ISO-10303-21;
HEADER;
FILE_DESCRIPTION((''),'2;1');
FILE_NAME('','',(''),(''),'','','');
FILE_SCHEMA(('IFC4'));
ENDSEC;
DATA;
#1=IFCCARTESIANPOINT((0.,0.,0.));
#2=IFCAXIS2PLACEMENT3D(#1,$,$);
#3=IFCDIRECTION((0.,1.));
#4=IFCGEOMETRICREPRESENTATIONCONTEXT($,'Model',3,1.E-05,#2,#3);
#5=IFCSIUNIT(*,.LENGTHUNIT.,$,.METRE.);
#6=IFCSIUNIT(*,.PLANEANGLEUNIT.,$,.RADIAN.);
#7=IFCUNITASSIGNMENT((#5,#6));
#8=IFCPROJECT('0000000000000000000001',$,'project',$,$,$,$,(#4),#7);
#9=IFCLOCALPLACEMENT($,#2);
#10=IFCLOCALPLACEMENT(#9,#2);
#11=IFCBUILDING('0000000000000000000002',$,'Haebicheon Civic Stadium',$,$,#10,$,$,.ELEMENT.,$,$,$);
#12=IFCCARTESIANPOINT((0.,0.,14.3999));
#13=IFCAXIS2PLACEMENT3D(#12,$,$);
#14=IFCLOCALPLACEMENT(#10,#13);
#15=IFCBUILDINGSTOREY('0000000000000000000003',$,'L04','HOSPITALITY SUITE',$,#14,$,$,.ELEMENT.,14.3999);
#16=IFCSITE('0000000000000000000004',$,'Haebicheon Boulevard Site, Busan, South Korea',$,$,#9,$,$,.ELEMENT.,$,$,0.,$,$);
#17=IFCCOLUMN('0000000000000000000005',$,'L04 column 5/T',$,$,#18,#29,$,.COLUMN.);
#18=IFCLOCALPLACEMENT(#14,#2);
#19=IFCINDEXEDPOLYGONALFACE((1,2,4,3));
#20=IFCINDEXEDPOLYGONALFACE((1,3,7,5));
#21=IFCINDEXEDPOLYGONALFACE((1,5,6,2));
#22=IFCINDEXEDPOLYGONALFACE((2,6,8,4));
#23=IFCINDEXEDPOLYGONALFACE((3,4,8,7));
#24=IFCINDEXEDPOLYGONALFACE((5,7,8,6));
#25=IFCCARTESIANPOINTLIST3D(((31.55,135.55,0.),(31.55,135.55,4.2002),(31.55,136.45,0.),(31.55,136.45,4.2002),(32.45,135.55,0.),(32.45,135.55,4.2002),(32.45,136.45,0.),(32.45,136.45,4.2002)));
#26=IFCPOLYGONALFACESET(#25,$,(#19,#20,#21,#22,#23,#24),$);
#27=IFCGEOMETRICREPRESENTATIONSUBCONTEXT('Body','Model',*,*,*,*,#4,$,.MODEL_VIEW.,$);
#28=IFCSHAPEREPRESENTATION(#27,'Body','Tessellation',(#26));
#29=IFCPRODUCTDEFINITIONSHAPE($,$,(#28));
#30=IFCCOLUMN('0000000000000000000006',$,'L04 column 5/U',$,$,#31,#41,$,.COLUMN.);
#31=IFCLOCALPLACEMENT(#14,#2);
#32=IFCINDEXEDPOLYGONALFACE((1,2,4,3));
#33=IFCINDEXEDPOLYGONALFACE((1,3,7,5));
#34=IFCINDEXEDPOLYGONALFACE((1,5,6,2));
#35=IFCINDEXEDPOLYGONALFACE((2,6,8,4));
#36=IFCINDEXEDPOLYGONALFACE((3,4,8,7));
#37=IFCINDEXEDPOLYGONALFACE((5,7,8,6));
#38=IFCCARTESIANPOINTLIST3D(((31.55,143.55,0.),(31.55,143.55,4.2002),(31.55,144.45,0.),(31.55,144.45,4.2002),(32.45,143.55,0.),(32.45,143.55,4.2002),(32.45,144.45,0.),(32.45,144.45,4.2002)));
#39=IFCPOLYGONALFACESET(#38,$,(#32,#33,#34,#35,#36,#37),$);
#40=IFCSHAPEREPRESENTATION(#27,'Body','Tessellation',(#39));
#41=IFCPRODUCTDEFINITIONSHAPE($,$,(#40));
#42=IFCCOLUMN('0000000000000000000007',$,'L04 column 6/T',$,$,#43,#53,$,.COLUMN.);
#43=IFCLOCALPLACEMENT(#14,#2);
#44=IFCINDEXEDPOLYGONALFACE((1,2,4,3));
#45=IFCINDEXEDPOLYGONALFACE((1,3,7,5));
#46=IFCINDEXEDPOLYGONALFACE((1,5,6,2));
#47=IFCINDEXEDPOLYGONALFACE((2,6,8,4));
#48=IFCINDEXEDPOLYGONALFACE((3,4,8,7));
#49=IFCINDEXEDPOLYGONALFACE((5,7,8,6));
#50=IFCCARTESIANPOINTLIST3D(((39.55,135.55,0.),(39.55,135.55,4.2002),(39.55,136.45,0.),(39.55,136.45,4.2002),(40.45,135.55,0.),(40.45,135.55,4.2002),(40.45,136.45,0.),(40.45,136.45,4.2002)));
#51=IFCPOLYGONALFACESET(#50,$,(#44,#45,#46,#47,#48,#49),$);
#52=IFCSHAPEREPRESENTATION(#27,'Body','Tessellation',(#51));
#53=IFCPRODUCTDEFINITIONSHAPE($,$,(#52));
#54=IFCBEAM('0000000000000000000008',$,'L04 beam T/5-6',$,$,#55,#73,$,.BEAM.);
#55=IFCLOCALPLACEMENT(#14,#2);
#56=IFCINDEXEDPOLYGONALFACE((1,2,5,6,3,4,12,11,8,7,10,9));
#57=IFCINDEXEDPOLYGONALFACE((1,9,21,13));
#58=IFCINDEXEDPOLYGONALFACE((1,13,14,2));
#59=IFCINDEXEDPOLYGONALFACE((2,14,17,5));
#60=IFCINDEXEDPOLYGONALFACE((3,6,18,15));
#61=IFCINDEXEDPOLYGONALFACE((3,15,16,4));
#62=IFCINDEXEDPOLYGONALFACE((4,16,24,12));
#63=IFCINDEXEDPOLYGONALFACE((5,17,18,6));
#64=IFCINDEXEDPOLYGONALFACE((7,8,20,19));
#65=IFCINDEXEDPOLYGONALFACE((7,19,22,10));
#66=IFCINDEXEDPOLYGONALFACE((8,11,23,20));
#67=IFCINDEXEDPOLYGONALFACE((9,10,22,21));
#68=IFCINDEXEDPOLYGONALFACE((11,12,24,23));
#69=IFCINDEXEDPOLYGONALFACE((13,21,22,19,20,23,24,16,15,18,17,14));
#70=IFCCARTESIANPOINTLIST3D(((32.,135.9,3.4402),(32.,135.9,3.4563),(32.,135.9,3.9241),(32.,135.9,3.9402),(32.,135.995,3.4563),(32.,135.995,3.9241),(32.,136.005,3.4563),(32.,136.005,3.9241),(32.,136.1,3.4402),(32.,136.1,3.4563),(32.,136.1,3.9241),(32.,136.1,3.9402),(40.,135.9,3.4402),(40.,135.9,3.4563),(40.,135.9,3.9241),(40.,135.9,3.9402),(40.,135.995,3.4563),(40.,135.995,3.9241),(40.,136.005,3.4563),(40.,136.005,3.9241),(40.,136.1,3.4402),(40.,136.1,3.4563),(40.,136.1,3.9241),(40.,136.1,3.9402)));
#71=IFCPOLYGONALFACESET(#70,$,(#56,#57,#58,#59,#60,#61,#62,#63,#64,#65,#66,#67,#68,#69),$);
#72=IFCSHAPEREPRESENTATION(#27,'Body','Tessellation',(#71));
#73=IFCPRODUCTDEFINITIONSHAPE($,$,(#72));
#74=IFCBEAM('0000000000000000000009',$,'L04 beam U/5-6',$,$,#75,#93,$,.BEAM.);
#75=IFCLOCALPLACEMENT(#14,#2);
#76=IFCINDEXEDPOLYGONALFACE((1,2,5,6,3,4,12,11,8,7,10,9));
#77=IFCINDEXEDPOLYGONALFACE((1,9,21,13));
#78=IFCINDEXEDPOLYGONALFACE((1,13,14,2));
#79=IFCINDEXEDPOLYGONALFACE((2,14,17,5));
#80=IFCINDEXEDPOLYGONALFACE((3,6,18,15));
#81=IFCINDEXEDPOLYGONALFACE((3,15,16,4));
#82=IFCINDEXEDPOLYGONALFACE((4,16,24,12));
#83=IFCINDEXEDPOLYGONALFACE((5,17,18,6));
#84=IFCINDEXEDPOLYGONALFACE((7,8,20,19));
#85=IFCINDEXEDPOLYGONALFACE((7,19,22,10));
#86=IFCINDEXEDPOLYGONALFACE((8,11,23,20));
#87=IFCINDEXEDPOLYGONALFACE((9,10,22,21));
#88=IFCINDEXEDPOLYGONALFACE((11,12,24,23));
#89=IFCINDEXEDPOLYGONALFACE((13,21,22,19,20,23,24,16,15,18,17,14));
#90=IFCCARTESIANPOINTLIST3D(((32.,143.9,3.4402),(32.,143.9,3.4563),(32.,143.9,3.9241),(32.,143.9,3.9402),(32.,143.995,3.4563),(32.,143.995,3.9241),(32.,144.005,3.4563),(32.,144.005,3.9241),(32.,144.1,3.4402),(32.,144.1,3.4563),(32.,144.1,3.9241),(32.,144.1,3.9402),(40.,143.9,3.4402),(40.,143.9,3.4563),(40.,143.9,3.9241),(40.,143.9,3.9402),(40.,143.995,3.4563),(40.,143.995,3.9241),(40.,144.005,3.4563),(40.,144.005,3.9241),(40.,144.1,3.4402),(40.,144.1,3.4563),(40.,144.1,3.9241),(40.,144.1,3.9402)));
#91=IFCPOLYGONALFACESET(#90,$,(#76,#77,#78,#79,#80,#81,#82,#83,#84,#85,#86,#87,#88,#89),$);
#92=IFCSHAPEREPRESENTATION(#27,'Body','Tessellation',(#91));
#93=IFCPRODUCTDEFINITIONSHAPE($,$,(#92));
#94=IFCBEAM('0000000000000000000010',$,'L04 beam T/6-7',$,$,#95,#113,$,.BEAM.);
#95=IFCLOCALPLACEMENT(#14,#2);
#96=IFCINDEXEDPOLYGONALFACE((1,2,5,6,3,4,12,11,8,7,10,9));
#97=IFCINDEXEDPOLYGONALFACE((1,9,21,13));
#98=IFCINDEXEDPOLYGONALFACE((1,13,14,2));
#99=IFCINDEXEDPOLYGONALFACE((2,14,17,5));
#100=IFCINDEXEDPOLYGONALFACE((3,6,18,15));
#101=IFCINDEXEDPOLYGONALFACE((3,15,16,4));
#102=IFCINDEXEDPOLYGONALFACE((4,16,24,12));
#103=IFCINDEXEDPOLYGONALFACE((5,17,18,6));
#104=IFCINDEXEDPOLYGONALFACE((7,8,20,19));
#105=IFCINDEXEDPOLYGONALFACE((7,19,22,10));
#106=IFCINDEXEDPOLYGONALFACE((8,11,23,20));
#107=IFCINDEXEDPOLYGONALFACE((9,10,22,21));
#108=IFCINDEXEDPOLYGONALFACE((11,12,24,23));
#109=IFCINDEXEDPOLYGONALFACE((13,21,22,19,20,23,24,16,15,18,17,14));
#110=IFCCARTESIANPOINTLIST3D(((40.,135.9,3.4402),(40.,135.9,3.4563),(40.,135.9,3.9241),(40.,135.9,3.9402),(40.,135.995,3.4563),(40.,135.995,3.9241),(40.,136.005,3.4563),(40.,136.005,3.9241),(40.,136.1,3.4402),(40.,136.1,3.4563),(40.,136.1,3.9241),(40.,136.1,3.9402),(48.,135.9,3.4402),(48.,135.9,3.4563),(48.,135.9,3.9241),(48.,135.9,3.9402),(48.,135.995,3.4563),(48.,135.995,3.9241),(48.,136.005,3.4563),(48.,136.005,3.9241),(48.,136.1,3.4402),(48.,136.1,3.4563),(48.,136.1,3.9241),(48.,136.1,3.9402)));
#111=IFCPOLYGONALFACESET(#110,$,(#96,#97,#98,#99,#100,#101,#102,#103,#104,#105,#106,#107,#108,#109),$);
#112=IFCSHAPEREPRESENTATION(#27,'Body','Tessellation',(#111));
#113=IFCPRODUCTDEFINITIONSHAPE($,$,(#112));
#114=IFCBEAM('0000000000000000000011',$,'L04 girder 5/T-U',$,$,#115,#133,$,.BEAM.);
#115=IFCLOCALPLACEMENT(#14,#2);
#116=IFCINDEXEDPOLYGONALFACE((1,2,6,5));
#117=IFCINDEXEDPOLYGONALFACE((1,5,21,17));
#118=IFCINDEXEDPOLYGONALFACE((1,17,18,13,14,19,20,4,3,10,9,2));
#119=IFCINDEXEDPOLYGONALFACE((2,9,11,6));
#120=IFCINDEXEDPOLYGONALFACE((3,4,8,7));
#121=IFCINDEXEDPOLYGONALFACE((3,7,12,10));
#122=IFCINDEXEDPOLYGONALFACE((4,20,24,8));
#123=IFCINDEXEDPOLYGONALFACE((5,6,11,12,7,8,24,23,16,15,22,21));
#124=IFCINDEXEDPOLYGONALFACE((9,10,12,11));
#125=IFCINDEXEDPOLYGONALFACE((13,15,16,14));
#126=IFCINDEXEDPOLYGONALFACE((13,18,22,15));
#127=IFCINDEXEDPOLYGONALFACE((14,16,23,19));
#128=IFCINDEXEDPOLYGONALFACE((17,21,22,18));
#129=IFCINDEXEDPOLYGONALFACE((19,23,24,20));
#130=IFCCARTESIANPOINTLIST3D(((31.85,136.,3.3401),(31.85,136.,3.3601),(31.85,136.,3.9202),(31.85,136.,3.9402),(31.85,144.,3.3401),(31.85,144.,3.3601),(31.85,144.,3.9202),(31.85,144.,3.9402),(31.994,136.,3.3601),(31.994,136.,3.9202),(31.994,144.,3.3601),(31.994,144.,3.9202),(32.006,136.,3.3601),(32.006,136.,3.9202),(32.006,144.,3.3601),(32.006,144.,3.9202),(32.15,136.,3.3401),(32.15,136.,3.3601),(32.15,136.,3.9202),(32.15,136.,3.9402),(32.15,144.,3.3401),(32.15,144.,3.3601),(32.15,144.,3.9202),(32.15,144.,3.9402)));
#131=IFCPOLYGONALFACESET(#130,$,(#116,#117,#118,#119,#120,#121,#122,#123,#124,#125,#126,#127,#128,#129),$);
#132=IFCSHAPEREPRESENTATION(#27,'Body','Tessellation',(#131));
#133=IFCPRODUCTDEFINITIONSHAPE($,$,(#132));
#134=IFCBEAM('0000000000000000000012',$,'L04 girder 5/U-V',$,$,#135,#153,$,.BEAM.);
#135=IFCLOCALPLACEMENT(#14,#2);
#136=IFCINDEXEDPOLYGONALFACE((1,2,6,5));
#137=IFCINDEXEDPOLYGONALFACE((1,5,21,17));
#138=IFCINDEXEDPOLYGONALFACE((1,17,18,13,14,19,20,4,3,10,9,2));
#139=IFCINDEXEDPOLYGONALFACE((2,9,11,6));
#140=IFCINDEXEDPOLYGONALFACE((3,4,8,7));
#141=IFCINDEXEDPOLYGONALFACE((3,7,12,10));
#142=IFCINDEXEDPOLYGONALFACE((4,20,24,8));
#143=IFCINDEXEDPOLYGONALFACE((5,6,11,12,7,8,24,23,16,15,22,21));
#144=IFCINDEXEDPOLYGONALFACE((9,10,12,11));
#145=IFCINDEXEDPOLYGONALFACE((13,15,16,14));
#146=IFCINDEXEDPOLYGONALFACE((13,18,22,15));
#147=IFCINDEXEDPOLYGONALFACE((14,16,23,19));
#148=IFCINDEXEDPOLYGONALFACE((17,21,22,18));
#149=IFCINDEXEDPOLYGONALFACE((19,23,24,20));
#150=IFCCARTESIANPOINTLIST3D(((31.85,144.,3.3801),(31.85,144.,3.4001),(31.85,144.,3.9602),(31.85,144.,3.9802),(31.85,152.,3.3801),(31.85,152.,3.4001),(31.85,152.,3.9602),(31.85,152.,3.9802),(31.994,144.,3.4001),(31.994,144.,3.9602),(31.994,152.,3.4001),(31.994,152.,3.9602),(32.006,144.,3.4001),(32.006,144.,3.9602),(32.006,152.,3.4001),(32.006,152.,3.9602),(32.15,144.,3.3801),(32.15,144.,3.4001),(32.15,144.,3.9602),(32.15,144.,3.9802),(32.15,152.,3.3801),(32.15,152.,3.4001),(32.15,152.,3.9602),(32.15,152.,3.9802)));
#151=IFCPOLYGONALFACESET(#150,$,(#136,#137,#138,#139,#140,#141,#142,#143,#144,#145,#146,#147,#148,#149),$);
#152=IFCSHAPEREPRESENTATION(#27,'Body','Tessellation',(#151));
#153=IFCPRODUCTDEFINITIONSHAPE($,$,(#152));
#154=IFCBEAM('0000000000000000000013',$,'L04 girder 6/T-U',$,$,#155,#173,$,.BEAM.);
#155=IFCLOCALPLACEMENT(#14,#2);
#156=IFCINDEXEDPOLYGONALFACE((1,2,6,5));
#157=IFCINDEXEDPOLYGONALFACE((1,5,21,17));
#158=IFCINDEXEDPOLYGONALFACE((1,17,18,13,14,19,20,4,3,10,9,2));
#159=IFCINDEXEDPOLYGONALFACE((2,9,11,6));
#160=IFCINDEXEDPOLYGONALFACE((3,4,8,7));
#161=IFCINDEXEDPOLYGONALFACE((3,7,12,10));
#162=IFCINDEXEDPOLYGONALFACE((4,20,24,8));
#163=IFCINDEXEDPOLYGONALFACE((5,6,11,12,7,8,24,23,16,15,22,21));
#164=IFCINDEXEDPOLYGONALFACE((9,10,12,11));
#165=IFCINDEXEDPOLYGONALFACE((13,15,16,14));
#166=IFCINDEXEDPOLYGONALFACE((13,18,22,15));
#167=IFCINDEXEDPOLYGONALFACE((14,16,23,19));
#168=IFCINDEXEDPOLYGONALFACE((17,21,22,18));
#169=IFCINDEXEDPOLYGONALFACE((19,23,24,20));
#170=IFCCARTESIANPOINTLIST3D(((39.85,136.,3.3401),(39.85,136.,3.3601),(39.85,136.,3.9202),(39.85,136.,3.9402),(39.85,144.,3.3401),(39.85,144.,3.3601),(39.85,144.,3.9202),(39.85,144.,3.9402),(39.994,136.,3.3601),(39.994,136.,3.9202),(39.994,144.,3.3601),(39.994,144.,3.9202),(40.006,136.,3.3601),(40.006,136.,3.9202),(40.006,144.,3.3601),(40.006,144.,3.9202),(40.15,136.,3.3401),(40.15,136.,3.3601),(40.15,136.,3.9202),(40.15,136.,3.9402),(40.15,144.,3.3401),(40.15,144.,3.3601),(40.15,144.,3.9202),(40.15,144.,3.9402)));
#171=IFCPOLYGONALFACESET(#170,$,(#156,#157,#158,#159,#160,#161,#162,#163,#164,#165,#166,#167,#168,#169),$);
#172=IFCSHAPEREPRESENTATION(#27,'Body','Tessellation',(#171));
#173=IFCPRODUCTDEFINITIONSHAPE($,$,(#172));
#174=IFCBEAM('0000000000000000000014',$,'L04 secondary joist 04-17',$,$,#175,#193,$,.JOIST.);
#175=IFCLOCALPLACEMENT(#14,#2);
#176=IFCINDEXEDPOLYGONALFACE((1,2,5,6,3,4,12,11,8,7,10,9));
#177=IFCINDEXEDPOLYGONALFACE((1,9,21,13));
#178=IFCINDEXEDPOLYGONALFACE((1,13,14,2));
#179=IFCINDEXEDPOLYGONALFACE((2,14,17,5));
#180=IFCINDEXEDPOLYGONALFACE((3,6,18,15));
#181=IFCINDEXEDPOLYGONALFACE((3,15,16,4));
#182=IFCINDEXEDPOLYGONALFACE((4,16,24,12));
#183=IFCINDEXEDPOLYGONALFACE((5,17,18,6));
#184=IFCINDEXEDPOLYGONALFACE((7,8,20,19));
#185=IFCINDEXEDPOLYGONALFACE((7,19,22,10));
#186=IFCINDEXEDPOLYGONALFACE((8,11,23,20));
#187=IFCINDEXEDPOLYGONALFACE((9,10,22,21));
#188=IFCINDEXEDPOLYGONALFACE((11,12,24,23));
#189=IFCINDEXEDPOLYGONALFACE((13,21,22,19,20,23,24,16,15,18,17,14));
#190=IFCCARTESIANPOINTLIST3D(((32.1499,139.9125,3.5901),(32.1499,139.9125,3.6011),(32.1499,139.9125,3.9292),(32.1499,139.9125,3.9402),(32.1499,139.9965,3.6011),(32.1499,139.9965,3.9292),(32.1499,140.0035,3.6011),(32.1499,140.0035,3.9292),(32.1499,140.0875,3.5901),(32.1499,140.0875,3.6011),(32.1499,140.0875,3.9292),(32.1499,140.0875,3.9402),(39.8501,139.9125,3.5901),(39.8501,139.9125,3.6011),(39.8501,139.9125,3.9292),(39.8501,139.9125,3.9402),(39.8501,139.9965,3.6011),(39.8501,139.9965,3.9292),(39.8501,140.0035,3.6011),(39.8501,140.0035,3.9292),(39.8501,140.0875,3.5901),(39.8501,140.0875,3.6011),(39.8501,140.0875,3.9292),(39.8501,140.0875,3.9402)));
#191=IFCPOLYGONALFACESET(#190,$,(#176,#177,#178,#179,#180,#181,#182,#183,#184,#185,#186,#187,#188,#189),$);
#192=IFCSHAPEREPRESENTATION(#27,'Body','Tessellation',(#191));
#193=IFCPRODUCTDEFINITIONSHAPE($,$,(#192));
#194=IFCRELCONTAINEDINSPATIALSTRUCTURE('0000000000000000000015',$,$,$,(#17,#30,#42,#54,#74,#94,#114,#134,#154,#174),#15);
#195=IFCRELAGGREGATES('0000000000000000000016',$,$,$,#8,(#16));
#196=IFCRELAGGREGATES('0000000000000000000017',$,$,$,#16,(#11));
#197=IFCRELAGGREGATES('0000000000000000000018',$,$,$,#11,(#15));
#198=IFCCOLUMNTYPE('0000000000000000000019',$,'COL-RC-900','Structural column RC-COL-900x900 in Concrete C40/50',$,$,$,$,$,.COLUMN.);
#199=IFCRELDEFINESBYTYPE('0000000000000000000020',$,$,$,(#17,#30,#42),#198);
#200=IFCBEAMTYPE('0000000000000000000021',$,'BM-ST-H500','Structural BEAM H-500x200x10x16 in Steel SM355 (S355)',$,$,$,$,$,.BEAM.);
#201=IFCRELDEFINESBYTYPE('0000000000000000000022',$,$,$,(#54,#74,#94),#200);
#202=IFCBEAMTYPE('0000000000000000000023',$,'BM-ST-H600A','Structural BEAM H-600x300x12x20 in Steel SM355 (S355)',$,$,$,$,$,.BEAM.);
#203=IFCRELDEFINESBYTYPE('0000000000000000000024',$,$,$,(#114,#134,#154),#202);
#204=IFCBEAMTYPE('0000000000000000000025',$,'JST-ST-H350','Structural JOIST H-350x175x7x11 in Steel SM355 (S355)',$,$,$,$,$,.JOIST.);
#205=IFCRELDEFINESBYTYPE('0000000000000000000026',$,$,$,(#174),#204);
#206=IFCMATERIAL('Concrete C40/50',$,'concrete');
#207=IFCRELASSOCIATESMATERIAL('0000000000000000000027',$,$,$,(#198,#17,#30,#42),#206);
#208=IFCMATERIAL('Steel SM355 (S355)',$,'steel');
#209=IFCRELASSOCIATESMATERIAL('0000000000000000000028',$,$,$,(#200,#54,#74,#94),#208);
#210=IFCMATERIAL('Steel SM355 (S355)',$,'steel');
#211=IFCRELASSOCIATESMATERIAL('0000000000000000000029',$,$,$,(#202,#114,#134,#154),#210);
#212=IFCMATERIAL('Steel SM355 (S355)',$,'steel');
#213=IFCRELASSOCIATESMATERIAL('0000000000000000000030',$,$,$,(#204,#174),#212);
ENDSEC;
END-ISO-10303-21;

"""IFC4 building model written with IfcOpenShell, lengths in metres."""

from ifc_helpers import new_model, si_unit, direction, frame, origin, origin_2d, place, context, subcontext, project, spatial, rectangle, i_section, extrude, material, material_profile, profile_set, type_object, element, save


model = new_model("IFC4")

# Units and contexts
model_context = context("Model", 3, precision=1e-05, world=origin(), true_north=direction((0.0, 1.0)))
body_context = subcontext(model_context, "Body", "Model", "MODEL_VIEW")
ifc_project = project(units=[si_unit("LENGTHUNIT", "METRE"), si_unit("PLANEANGLEUNIT", "RADIAN")], contexts=[model_context])

# Site, building, storey
site_placement = place(None, origin())
site = spatial("IfcSite", under=ifc_project, at=site_placement, Name="Haebicheon Boulevard Site, Busan, South Korea", CompositionType="ELEMENT", RefElevation=0.0)
building_placement = place(site_placement, origin())
building = spatial("IfcBuilding", under=site, at=building_placement, Name="Haebicheon Civic Stadium", CompositionType="ELEMENT")
storey_placement = place(building_placement, frame((0.0, 0.0, 14.3999)))
storey = spatial("IfcBuildingStorey", under=building, at=storey_placement, Name="L04", Description="HOSPITALITY SUITE", CompositionType="ELEMENT", Elevation=14.3999)

# Columns
ifc_material_1 = material(Name="Concrete C40/50", Category="concrete")
ifc_material_profile_1 = material_profile(ifc_material_1, rectangle(XDim=0.8999, YDim=0.8999, at=origin_2d()), Name="RC-COL-900x900")
ifc_profile_set_1 = profile_set([ifc_material_profile_1], Name="Concrete C40/50")
column_type = type_object("IfcColumnType", Name="COL-RC-900", Description="Structural column RC-COL-900x900 in Concrete C40/50", PredefinedType="COLUMN", material=ifc_profile_set_1)
for number, where, z_axis, x_axis, name in (
    (1, (32.0, 136.0, 0.0), (0.0, 0.0, 1.0), (1.0, 0.0, 0.0), "L04 column 5/T"),
    (2, (32.0, 144.0, 0.0), (0.0, 0.0, 1.0), (1.0, 0.0, 0.0), "L04 column 5/U"),
    (3, (40.0, 136.0, 0.0), (0.0, 0.0, 1.0), (1.0, 0.0, 0.0), "L04 column 6/T"),
):
    element("IfcColumn", number, at=place(storey_placement, frame(where, z_axis=z_axis, x_axis=x_axis)), inside=storey, type_object=column_type, material=ifc_profile_set_1, Name=name, PredefinedType="COLUMN", context=body_context, shape_type="SweptSolid", body=[
        extrude(rectangle(XDim=0.8999, YDim=0.8999, at=origin_2d()), origin(), (0.0, 0.0, 1.0), 4.2002),
    ])

# Beams
ifc_material_2 = material(Name="Steel SM355 (S355)", Category="steel")
ifc_material_profile_2 = material_profile(ifc_material_2, i_section(OverallWidth=0.2, OverallDepth=0.5, WebThickness=0.01, FlangeThickness=0.0161, at=origin_2d()), Name="H-500x200x10x16")
ifc_profile_set_2 = profile_set([ifc_material_profile_2], Name="Steel SM355 (S355)")
beam_type_1 = type_object("IfcBeamType", Name="BM-ST-H500", Description="Structural BEAM H-500x200x10x16 in Steel SM355 (S355)", PredefinedType="BEAM", material=ifc_profile_set_2)
for number, where, z_axis, x_axis, name in (
    (4, (32.0, 136.0, 3.6902), (1.0, 0.0, 0.0), (0.0, 1.0, 0.0), "L04 beam T/5-6"),
    (5, (32.0, 144.0, 3.6902), (1.0, 0.0, 0.0), (0.0, 1.0, 0.0), "L04 beam U/5-6"),
    (6, (40.0, 136.0, 3.6902), (1.0, 0.0, 0.0), (0.0, 1.0, 0.0), "L04 beam T/6-7"),
):
    element("IfcBeam", number, at=place(storey_placement, frame(where, z_axis=z_axis, x_axis=x_axis)), inside=storey, type_object=beam_type_1, material=ifc_profile_set_2, Name=name, PredefinedType="BEAM", context=body_context, shape_type="SweptSolid", body=[
        extrude(i_section(OverallWidth=0.2, OverallDepth=0.5, WebThickness=0.01, FlangeThickness=0.0161, at=origin_2d()), origin(), (0.0, 0.0, 1.0), 8.0),
    ])
ifc_material_3 = material(Name="Steel SM355 (S355)", Category="steel")
ifc_material_profile_3 = material_profile(ifc_material_3, i_section(OverallWidth=0.3, OverallDepth=0.6001, WebThickness=0.012, FlangeThickness=0.02, at=origin_2d()), Name="H-600x300x12x20")
ifc_profile_set_3 = profile_set([ifc_material_profile_3], Name="Steel SM355 (S355)")
beam_type_2 = type_object("IfcBeamType", Name="BM-ST-H600A", Description="Structural BEAM H-600x300x12x20 in Steel SM355 (S355)", PredefinedType="BEAM", material=ifc_profile_set_3)
for number, where, z_axis, x_axis, name in (
    (7, (32.0, 136.0, 3.6401), (0.0, 1.0, 0.0), (-1.0, 0.0, 0.0), "L04 girder 5/T-U"),
    (8, (32.0, 144.0, 3.6802), (0.0, 1.0, 0.0), (-1.0, 0.0, 0.0), "L04 girder 5/U-V"),
    (9, (40.0, 136.0, 3.6401), (0.0, 1.0, 0.0), (-1.0, 0.0, 0.0), "L04 girder 6/T-U"),
):
    element("IfcBeam", number, at=place(storey_placement, frame(where, z_axis=z_axis, x_axis=x_axis)), inside=storey, type_object=beam_type_2, material=ifc_profile_set_3, Name=name, PredefinedType="BEAM", context=body_context, shape_type="SweptSolid", body=[
        extrude(i_section(OverallWidth=0.3, OverallDepth=0.6001, WebThickness=0.012, FlangeThickness=0.02, at=origin_2d()), origin(), (0.0, 0.0, 1.0), 8.0),
    ])
ifc_material_4 = material(Name="Steel SM355 (S355)", Category="steel")
ifc_material_profile_4 = material_profile(ifc_material_4, i_section(OverallWidth=0.175, OverallDepth=0.3501, WebThickness=0.0071, FlangeThickness=0.011, at=origin_2d()), Name="H-350x175x7x11")
ifc_profile_set_4 = profile_set([ifc_material_profile_4], Name="Steel SM355 (S355)")
beam_type_3 = type_object("IfcBeamType", Name="JST-ST-H350", Description="Structural JOIST H-350x175x7x11 in Steel SM355 (S355)", PredefinedType="JOIST", material=ifc_profile_set_4)
for number, where, z_axis, x_axis, name in (
    (10, (32.1499, 140.0, 3.7651), (1.0, 0.0, 0.0), (0.0, 1.0, 0.0), "L04 secondary joist 04-17"),
):
    element("IfcBeam", number, at=place(storey_placement, frame(where, z_axis=z_axis, x_axis=x_axis)), inside=storey, type_object=beam_type_3, material=ifc_profile_set_4, Name=name, PredefinedType="JOIST", context=body_context, shape_type="SweptSolid", body=[
        extrude(i_section(OverallWidth=0.175, OverallDepth=0.3501, WebThickness=0.0071, FlangeThickness=0.011, at=origin_2d()), origin(), (0.0, 0.0, 1.0), 7.7002),
    ])

save(model, "model.ifc")
